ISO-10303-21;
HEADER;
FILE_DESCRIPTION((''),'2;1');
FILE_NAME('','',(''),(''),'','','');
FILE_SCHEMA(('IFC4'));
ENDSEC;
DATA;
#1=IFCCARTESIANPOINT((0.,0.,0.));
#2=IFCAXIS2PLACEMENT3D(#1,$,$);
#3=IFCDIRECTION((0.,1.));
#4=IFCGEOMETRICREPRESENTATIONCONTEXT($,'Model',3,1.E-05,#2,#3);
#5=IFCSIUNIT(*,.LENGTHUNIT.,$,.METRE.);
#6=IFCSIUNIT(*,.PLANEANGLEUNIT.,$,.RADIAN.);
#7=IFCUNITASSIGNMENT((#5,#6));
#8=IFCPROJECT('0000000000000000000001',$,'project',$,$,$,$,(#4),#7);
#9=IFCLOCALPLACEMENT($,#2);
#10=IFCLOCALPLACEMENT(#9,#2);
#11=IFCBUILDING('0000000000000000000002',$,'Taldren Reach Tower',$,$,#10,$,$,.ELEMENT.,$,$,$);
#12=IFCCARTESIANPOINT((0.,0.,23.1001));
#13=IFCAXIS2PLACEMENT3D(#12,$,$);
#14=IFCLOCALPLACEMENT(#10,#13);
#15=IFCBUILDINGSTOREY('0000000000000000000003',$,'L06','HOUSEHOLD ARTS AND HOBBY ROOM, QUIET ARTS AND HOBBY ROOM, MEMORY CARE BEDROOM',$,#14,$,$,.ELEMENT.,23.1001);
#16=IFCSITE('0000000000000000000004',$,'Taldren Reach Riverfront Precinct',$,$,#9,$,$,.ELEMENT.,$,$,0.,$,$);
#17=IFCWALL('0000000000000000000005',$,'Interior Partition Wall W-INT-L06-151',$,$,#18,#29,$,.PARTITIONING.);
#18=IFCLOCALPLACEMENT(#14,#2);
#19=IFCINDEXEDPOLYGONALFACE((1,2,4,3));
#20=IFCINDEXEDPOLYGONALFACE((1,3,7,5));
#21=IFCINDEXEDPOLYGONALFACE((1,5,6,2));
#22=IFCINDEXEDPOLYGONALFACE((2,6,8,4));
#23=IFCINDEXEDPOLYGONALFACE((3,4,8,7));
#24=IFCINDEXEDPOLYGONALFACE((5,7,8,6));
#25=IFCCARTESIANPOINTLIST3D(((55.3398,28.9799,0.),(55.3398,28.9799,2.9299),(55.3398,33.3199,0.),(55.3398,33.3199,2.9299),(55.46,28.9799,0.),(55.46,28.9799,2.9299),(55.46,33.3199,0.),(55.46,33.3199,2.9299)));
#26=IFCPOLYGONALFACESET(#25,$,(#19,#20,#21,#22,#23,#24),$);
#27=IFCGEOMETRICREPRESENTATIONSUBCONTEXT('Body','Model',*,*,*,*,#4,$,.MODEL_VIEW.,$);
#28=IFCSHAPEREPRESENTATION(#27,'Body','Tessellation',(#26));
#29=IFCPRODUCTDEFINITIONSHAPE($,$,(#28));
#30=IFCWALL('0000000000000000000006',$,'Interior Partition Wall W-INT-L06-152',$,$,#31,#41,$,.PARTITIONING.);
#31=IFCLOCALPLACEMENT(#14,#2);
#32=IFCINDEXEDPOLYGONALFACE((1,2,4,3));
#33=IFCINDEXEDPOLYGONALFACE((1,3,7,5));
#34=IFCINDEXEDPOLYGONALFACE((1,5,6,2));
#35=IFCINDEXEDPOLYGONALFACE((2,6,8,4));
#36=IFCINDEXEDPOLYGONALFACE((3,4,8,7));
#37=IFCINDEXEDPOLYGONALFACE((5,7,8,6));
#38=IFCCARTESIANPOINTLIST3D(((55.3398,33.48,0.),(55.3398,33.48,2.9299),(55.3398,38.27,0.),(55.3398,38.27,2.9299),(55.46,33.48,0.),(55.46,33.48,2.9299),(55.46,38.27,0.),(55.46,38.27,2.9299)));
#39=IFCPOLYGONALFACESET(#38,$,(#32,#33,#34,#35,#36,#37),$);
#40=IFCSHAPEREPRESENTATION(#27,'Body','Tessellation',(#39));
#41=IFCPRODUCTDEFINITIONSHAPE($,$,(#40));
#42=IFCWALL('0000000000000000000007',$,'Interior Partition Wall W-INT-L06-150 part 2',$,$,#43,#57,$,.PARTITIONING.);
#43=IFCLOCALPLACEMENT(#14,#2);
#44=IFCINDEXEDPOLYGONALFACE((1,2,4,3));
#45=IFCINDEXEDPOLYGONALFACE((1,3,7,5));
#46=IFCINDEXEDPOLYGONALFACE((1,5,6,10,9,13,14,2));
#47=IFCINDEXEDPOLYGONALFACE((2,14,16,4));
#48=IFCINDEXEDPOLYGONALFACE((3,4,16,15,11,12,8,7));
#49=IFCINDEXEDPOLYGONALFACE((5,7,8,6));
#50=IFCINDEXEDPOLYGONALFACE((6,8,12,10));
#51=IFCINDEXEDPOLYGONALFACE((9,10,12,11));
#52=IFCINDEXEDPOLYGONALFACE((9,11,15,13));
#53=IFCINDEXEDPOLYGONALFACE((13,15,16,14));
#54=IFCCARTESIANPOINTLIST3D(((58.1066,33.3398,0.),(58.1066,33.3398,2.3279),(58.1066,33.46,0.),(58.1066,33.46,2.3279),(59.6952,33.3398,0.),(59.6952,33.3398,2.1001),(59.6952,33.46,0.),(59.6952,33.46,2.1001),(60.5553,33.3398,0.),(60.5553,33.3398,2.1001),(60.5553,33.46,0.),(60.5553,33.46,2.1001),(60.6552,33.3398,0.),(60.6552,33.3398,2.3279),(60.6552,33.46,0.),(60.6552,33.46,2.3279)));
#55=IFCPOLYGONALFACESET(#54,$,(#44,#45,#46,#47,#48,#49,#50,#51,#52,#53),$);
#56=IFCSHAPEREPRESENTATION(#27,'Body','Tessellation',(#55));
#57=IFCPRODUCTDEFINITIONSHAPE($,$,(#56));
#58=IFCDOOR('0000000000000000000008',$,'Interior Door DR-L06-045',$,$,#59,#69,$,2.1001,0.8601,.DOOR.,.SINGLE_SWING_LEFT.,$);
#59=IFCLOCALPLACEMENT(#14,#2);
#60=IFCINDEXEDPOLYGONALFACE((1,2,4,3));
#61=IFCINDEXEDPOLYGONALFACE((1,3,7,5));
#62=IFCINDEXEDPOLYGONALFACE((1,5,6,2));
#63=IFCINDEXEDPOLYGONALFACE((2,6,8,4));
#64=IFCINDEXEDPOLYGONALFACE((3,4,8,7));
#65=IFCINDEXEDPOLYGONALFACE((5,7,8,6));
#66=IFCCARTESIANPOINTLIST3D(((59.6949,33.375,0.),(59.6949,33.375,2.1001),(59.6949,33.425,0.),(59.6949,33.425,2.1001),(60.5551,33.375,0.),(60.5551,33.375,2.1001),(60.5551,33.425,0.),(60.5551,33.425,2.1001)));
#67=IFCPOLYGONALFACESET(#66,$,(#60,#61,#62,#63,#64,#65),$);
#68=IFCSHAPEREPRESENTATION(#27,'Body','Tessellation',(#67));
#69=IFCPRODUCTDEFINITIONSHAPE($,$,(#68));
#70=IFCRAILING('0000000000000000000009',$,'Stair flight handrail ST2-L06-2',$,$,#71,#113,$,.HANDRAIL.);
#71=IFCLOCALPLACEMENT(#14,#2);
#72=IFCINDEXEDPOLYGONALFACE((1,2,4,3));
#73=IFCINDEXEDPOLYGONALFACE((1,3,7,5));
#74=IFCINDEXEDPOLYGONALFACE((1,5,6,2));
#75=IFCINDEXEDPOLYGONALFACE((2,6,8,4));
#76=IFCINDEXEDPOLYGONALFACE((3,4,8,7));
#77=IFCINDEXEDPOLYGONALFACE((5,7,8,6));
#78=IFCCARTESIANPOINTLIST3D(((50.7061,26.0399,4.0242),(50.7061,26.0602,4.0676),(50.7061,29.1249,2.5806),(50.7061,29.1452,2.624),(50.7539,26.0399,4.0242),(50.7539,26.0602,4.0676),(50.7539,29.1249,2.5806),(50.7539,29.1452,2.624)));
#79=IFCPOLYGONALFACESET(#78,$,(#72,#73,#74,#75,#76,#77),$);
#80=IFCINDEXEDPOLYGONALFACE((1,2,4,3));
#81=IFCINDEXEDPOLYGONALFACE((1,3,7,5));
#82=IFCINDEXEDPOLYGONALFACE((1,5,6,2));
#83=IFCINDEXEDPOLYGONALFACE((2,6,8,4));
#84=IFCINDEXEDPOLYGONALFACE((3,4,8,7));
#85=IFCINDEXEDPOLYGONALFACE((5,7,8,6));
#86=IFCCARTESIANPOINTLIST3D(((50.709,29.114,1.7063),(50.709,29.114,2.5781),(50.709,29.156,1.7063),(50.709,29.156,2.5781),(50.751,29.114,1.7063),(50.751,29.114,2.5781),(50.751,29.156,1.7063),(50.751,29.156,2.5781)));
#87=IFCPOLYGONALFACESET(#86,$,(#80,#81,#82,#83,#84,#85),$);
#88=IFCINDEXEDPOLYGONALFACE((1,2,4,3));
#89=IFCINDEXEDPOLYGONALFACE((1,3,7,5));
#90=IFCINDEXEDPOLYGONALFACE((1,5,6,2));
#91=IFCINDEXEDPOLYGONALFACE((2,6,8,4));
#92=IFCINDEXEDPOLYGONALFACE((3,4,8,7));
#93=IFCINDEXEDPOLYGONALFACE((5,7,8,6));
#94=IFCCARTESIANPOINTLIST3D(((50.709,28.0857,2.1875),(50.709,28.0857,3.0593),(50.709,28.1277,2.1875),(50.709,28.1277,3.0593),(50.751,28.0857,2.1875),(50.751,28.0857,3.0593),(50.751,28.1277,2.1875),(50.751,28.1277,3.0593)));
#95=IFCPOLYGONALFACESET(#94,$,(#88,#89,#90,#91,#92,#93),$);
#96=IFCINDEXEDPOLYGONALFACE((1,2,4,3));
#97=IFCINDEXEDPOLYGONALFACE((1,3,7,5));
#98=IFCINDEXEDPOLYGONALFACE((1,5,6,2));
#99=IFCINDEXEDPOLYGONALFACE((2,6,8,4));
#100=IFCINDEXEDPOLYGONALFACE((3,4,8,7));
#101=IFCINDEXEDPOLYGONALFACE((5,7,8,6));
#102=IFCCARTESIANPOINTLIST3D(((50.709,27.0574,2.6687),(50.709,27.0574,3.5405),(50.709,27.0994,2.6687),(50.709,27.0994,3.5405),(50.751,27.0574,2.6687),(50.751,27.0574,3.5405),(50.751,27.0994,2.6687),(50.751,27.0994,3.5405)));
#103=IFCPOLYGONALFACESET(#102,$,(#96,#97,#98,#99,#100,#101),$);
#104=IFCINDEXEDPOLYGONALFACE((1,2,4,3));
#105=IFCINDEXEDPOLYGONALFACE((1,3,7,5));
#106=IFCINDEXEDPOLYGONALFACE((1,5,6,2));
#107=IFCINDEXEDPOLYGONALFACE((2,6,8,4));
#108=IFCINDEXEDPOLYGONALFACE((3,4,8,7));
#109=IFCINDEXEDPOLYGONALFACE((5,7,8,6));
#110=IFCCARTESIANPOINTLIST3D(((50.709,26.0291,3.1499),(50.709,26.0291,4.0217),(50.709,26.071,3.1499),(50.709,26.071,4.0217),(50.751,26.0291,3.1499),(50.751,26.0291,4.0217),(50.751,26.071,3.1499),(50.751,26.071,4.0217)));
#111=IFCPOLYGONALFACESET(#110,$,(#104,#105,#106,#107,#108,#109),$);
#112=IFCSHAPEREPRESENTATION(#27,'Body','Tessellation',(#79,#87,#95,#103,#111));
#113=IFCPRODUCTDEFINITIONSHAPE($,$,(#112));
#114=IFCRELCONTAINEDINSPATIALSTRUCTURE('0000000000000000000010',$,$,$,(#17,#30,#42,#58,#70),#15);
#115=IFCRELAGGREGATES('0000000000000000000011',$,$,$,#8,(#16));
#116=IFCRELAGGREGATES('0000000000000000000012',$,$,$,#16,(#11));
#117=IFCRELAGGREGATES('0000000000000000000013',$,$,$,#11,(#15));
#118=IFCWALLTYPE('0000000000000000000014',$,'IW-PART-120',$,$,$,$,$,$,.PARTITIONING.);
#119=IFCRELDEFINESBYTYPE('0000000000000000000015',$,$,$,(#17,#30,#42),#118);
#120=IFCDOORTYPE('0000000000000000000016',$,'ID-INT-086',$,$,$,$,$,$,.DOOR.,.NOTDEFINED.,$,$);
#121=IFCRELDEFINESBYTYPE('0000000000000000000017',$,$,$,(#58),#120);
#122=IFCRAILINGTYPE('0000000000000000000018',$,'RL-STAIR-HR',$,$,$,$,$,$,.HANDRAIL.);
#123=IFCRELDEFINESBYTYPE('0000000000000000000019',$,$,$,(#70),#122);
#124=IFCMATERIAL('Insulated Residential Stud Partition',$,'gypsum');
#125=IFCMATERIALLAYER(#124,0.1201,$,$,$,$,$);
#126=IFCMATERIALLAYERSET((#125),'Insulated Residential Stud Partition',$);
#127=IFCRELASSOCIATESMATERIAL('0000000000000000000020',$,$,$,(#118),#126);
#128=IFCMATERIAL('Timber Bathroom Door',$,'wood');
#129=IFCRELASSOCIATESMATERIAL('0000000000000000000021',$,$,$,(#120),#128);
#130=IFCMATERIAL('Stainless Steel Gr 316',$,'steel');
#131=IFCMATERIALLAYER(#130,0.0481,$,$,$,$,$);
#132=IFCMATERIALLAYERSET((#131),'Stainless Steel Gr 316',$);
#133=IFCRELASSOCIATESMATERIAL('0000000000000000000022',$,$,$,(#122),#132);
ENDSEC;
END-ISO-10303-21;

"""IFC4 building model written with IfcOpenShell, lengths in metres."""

from ifc_helpers import new_model, si_unit, direction, frame, frame_2d, origin, origin_2d, place, context, subcontext, project, spatial, rectangle, extrude, source, transform, mapped, material, layer, layer_set, type_object, element, fill, save


model = new_model("IFC4")

# Units and contexts
model_context = context("Model", 3, precision=1e-05, world=origin(), true_north=direction((0.0, 1.0)))
body_context = subcontext(model_context, "Body", "Model", "MODEL_VIEW")
ifc_project = project(units=[si_unit("LENGTHUNIT", "METRE"), si_unit("PLANEANGLEUNIT", "RADIAN")], contexts=[model_context])

# Site, building, storey
site_placement = place(None, origin())
site = spatial("IfcSite", under=ifc_project, at=site_placement, Name="Taldren Reach Riverfront Precinct", CompositionType="ELEMENT", RefElevation=0.0)
building_placement = place(site_placement, origin())
building = spatial("IfcBuilding", under=site, at=building_placement, Name="Taldren Reach Tower", CompositionType="ELEMENT")
storey_placement = place(building_placement, frame((0.0, 0.0, 23.1001)))
storey = spatial("IfcBuildingStorey", under=building, at=storey_placement, Name="L06", Description="HOUSEHOLD ARTS AND HOBBY ROOM, QUIET ARTS AND HOBBY ROOM, MEMORY CARE BEDROOM", CompositionType="ELEMENT", Elevation=23.1001)

# Shared definitions
ifc_material_1 = material(Name="Insulated Residential Stud Partition", Category="gypsum")
ifc_layer_1 = layer(ifc_material_1, 0.1201)
ifc_layer_set_1 = layer_set([ifc_layer_1], Name="Insulated Residential Stud Partition")
wall_type_1 = type_object("IfcWallType", Name="IW-PART-120", PredefinedType="PARTITIONING", material=ifc_layer_set_1)
shared_shape_1 = source(origin(), body_context, "Body", "SweptSolid", [
    extrude(rectangle(XDim=0.8601, YDim=2.1001, at=frame_2d((0.4302, 1.05))), frame((0.0, 0.0701, 0.0), z_axis=(0.0, -1.0, 0.0), x_axis=(1.0, 0.0, 0.0)), (0.0, 0.0, 1.0), 0.1401),
])
ifc_material_2 = material(Name="Timber Bathroom Door", Category="wood")
door_type_1 = type_object("IfcDoorType", Name="ID-INT-086", OperationType="NOTDEFINED", PredefinedType="DOOR", material=ifc_material_2)
shared_shape_2 = source(origin(), body_context, "Body", "SweptSolid", [
    extrude(rectangle(XDim=0.8601, YDim=2.1001, at=frame_2d((0.4302, 1.05))), frame((0.0, 0.0249, 0.0), z_axis=(0.0, -1.0, 0.0), x_axis=(1.0, 0.0, 0.0)), (0.0, 0.0, 1.0), 0.05),
])

# Walls
shared_shape_3 = source(origin(), body_context, "Body", "SweptSolid", [
    extrude(rectangle(XDim=4.3401, YDim=0.1201, at=frame_2d((2.1699, 0.0))), origin(), (0.0, 0.0, 1.0), 2.9299),
])
wall_1_placement = place(storey_placement, frame((55.3999, 28.98, 0.0), z_axis=(0.0, 0.0, 1.0), x_axis=(0.0, 1.0, 0.0)))
element("IfcWall", 1, at=wall_1_placement, inside=storey, type_object=wall_type_1, Name="Interior Partition Wall W-INT-L06-151", PredefinedType="PARTITIONING", context=body_context, shape_type="MappedRepresentation", body=[
    mapped(shared_shape_3, transform((0.0, 0.0, 0.0), scale=1.0)),
])
shared_shape_4 = source(origin(), body_context, "Body", "SweptSolid", [
    extrude(rectangle(XDim=4.79, YDim=0.1201, at=frame_2d((2.395, 0.0))), origin(), (0.0, 0.0, 1.0), 2.9299),
])
wall_2_placement = place(storey_placement, frame((55.3999, 33.48, 0.0), z_axis=(0.0, 0.0, 1.0), x_axis=(0.0, 1.0, 0.0)))
element("IfcWall", 2, at=wall_2_placement, inside=storey, type_object=wall_type_1, Name="Interior Partition Wall W-INT-L06-152", PredefinedType="PARTITIONING", context=body_context, shape_type="MappedRepresentation", body=[
    mapped(shared_shape_4, transform((0.0, 0.0, 0.0), scale=1.0)),
])

# Wall, opening, door
shared_shape_5 = source(origin(), body_context, "Body", "SweptSolid", [
    extrude(rectangle(XDim=2.5486, YDim=0.1201, at=frame_2d((1.2744, 0.0))), origin(), (0.0, 0.0, 1.0), 2.3279),
])
wall_3_placement = place(storey_placement, frame((58.1064, 33.3999, 0.0), z_axis=(0.0, 0.0, 1.0), x_axis=(1.0, 0.0, 0.0)))
wall_3 = element("IfcWall", 3, at=wall_3_placement, inside=storey, type_object=wall_type_1, Name="Interior Partition Wall W-INT-L06-150 part 2", PredefinedType="PARTITIONING", context=body_context, shape_type="MappedRepresentation", body=[
    mapped(shared_shape_5, transform((0.0, 0.0, 0.0), scale=1.0)),
])
opening_1_placement = place(wall_3_placement, frame((1.5886, 0.0, 0.0)))
opening_1 = element("IfcOpeningElement", 4, at=opening_1_placement, cuts=wall_3, PredefinedType="OPENING", context=body_context, shape_type="MappedRepresentation", body=[
    mapped(shared_shape_1, transform((0.0, 0.0, 0.0), scale=1.0)),
])
door_1_placement = place(opening_1_placement, frame((0.8601, 0.0, 0.0), z_axis=(0.0, 0.0, 1.0), x_axis=(-1.0, 0.0, 0.0)))
door_1 = element("IfcDoor", 5, at=door_1_placement, inside=storey, type_object=door_type_1, Name="Interior Door DR-L06-045", OperationType="SINGLE_SWING_LEFT", OverallHeight=2.1001, OverallWidth=0.8601, PredefinedType="DOOR", context=body_context, shape_type="MappedRepresentation", body=[
    mapped(shared_shape_2, transform((0.0, 0.0, 0.0), scale=1.0)),
])
fill(opening_1, door_1)

# Railing
ifc_material_3 = material(Name="Stainless Steel Gr 316", Category="steel")
ifc_layer_2 = layer(ifc_material_3, 0.0481)
ifc_layer_set_2 = layer_set([ifc_layer_2], Name="Stainless Steel Gr 316")
railing_type = type_object("IfcRailingType", Name="RL-STAIR-HR", PredefinedType="HANDRAIL", material=ifc_layer_set_2)
railing_placement = place(storey_placement, frame((50.73, 29.135, 1.7063)))
element("IfcRailing", 6, at=railing_placement, inside=storey, type_object=railing_type, Name="Stair flight handrail ST2-L06-2", PredefinedType="HANDRAIL", context=body_context, shape_type="SweptSolid", body=[
    extrude(rectangle(XDim=0.0479, YDim=0.0479, at=origin_2d()), frame((0.0, 0.0, 0.896), z_axis=(0.0, -0.905738, 0.423839), x_axis=(1.0, 0.0, 0.0)), (0.0, 0.0, 1.0), 3.406),
    extrude(rectangle(XDim=0.042, YDim=0.042, at=origin_2d()), origin(), (0.0, 0.0, 1.0), 0.8718),
    extrude(rectangle(XDim=0.042, YDim=0.042, at=origin_2d()), frame((0.0, -1.0283, 0.4812)), (0.0, 0.0, 1.0), 0.8718),
    extrude(rectangle(XDim=0.042, YDim=0.042, at=origin_2d()), frame((0.0, -2.0566, 0.9624)), (0.0, 0.0, 1.0), 0.8718),
    extrude(rectangle(XDim=0.042, YDim=0.042, at=origin_2d()), frame((0.0, -3.085, 1.4436)), (0.0, 0.0, 1.0), 0.8718),
])

save(model, "model.ifc")
